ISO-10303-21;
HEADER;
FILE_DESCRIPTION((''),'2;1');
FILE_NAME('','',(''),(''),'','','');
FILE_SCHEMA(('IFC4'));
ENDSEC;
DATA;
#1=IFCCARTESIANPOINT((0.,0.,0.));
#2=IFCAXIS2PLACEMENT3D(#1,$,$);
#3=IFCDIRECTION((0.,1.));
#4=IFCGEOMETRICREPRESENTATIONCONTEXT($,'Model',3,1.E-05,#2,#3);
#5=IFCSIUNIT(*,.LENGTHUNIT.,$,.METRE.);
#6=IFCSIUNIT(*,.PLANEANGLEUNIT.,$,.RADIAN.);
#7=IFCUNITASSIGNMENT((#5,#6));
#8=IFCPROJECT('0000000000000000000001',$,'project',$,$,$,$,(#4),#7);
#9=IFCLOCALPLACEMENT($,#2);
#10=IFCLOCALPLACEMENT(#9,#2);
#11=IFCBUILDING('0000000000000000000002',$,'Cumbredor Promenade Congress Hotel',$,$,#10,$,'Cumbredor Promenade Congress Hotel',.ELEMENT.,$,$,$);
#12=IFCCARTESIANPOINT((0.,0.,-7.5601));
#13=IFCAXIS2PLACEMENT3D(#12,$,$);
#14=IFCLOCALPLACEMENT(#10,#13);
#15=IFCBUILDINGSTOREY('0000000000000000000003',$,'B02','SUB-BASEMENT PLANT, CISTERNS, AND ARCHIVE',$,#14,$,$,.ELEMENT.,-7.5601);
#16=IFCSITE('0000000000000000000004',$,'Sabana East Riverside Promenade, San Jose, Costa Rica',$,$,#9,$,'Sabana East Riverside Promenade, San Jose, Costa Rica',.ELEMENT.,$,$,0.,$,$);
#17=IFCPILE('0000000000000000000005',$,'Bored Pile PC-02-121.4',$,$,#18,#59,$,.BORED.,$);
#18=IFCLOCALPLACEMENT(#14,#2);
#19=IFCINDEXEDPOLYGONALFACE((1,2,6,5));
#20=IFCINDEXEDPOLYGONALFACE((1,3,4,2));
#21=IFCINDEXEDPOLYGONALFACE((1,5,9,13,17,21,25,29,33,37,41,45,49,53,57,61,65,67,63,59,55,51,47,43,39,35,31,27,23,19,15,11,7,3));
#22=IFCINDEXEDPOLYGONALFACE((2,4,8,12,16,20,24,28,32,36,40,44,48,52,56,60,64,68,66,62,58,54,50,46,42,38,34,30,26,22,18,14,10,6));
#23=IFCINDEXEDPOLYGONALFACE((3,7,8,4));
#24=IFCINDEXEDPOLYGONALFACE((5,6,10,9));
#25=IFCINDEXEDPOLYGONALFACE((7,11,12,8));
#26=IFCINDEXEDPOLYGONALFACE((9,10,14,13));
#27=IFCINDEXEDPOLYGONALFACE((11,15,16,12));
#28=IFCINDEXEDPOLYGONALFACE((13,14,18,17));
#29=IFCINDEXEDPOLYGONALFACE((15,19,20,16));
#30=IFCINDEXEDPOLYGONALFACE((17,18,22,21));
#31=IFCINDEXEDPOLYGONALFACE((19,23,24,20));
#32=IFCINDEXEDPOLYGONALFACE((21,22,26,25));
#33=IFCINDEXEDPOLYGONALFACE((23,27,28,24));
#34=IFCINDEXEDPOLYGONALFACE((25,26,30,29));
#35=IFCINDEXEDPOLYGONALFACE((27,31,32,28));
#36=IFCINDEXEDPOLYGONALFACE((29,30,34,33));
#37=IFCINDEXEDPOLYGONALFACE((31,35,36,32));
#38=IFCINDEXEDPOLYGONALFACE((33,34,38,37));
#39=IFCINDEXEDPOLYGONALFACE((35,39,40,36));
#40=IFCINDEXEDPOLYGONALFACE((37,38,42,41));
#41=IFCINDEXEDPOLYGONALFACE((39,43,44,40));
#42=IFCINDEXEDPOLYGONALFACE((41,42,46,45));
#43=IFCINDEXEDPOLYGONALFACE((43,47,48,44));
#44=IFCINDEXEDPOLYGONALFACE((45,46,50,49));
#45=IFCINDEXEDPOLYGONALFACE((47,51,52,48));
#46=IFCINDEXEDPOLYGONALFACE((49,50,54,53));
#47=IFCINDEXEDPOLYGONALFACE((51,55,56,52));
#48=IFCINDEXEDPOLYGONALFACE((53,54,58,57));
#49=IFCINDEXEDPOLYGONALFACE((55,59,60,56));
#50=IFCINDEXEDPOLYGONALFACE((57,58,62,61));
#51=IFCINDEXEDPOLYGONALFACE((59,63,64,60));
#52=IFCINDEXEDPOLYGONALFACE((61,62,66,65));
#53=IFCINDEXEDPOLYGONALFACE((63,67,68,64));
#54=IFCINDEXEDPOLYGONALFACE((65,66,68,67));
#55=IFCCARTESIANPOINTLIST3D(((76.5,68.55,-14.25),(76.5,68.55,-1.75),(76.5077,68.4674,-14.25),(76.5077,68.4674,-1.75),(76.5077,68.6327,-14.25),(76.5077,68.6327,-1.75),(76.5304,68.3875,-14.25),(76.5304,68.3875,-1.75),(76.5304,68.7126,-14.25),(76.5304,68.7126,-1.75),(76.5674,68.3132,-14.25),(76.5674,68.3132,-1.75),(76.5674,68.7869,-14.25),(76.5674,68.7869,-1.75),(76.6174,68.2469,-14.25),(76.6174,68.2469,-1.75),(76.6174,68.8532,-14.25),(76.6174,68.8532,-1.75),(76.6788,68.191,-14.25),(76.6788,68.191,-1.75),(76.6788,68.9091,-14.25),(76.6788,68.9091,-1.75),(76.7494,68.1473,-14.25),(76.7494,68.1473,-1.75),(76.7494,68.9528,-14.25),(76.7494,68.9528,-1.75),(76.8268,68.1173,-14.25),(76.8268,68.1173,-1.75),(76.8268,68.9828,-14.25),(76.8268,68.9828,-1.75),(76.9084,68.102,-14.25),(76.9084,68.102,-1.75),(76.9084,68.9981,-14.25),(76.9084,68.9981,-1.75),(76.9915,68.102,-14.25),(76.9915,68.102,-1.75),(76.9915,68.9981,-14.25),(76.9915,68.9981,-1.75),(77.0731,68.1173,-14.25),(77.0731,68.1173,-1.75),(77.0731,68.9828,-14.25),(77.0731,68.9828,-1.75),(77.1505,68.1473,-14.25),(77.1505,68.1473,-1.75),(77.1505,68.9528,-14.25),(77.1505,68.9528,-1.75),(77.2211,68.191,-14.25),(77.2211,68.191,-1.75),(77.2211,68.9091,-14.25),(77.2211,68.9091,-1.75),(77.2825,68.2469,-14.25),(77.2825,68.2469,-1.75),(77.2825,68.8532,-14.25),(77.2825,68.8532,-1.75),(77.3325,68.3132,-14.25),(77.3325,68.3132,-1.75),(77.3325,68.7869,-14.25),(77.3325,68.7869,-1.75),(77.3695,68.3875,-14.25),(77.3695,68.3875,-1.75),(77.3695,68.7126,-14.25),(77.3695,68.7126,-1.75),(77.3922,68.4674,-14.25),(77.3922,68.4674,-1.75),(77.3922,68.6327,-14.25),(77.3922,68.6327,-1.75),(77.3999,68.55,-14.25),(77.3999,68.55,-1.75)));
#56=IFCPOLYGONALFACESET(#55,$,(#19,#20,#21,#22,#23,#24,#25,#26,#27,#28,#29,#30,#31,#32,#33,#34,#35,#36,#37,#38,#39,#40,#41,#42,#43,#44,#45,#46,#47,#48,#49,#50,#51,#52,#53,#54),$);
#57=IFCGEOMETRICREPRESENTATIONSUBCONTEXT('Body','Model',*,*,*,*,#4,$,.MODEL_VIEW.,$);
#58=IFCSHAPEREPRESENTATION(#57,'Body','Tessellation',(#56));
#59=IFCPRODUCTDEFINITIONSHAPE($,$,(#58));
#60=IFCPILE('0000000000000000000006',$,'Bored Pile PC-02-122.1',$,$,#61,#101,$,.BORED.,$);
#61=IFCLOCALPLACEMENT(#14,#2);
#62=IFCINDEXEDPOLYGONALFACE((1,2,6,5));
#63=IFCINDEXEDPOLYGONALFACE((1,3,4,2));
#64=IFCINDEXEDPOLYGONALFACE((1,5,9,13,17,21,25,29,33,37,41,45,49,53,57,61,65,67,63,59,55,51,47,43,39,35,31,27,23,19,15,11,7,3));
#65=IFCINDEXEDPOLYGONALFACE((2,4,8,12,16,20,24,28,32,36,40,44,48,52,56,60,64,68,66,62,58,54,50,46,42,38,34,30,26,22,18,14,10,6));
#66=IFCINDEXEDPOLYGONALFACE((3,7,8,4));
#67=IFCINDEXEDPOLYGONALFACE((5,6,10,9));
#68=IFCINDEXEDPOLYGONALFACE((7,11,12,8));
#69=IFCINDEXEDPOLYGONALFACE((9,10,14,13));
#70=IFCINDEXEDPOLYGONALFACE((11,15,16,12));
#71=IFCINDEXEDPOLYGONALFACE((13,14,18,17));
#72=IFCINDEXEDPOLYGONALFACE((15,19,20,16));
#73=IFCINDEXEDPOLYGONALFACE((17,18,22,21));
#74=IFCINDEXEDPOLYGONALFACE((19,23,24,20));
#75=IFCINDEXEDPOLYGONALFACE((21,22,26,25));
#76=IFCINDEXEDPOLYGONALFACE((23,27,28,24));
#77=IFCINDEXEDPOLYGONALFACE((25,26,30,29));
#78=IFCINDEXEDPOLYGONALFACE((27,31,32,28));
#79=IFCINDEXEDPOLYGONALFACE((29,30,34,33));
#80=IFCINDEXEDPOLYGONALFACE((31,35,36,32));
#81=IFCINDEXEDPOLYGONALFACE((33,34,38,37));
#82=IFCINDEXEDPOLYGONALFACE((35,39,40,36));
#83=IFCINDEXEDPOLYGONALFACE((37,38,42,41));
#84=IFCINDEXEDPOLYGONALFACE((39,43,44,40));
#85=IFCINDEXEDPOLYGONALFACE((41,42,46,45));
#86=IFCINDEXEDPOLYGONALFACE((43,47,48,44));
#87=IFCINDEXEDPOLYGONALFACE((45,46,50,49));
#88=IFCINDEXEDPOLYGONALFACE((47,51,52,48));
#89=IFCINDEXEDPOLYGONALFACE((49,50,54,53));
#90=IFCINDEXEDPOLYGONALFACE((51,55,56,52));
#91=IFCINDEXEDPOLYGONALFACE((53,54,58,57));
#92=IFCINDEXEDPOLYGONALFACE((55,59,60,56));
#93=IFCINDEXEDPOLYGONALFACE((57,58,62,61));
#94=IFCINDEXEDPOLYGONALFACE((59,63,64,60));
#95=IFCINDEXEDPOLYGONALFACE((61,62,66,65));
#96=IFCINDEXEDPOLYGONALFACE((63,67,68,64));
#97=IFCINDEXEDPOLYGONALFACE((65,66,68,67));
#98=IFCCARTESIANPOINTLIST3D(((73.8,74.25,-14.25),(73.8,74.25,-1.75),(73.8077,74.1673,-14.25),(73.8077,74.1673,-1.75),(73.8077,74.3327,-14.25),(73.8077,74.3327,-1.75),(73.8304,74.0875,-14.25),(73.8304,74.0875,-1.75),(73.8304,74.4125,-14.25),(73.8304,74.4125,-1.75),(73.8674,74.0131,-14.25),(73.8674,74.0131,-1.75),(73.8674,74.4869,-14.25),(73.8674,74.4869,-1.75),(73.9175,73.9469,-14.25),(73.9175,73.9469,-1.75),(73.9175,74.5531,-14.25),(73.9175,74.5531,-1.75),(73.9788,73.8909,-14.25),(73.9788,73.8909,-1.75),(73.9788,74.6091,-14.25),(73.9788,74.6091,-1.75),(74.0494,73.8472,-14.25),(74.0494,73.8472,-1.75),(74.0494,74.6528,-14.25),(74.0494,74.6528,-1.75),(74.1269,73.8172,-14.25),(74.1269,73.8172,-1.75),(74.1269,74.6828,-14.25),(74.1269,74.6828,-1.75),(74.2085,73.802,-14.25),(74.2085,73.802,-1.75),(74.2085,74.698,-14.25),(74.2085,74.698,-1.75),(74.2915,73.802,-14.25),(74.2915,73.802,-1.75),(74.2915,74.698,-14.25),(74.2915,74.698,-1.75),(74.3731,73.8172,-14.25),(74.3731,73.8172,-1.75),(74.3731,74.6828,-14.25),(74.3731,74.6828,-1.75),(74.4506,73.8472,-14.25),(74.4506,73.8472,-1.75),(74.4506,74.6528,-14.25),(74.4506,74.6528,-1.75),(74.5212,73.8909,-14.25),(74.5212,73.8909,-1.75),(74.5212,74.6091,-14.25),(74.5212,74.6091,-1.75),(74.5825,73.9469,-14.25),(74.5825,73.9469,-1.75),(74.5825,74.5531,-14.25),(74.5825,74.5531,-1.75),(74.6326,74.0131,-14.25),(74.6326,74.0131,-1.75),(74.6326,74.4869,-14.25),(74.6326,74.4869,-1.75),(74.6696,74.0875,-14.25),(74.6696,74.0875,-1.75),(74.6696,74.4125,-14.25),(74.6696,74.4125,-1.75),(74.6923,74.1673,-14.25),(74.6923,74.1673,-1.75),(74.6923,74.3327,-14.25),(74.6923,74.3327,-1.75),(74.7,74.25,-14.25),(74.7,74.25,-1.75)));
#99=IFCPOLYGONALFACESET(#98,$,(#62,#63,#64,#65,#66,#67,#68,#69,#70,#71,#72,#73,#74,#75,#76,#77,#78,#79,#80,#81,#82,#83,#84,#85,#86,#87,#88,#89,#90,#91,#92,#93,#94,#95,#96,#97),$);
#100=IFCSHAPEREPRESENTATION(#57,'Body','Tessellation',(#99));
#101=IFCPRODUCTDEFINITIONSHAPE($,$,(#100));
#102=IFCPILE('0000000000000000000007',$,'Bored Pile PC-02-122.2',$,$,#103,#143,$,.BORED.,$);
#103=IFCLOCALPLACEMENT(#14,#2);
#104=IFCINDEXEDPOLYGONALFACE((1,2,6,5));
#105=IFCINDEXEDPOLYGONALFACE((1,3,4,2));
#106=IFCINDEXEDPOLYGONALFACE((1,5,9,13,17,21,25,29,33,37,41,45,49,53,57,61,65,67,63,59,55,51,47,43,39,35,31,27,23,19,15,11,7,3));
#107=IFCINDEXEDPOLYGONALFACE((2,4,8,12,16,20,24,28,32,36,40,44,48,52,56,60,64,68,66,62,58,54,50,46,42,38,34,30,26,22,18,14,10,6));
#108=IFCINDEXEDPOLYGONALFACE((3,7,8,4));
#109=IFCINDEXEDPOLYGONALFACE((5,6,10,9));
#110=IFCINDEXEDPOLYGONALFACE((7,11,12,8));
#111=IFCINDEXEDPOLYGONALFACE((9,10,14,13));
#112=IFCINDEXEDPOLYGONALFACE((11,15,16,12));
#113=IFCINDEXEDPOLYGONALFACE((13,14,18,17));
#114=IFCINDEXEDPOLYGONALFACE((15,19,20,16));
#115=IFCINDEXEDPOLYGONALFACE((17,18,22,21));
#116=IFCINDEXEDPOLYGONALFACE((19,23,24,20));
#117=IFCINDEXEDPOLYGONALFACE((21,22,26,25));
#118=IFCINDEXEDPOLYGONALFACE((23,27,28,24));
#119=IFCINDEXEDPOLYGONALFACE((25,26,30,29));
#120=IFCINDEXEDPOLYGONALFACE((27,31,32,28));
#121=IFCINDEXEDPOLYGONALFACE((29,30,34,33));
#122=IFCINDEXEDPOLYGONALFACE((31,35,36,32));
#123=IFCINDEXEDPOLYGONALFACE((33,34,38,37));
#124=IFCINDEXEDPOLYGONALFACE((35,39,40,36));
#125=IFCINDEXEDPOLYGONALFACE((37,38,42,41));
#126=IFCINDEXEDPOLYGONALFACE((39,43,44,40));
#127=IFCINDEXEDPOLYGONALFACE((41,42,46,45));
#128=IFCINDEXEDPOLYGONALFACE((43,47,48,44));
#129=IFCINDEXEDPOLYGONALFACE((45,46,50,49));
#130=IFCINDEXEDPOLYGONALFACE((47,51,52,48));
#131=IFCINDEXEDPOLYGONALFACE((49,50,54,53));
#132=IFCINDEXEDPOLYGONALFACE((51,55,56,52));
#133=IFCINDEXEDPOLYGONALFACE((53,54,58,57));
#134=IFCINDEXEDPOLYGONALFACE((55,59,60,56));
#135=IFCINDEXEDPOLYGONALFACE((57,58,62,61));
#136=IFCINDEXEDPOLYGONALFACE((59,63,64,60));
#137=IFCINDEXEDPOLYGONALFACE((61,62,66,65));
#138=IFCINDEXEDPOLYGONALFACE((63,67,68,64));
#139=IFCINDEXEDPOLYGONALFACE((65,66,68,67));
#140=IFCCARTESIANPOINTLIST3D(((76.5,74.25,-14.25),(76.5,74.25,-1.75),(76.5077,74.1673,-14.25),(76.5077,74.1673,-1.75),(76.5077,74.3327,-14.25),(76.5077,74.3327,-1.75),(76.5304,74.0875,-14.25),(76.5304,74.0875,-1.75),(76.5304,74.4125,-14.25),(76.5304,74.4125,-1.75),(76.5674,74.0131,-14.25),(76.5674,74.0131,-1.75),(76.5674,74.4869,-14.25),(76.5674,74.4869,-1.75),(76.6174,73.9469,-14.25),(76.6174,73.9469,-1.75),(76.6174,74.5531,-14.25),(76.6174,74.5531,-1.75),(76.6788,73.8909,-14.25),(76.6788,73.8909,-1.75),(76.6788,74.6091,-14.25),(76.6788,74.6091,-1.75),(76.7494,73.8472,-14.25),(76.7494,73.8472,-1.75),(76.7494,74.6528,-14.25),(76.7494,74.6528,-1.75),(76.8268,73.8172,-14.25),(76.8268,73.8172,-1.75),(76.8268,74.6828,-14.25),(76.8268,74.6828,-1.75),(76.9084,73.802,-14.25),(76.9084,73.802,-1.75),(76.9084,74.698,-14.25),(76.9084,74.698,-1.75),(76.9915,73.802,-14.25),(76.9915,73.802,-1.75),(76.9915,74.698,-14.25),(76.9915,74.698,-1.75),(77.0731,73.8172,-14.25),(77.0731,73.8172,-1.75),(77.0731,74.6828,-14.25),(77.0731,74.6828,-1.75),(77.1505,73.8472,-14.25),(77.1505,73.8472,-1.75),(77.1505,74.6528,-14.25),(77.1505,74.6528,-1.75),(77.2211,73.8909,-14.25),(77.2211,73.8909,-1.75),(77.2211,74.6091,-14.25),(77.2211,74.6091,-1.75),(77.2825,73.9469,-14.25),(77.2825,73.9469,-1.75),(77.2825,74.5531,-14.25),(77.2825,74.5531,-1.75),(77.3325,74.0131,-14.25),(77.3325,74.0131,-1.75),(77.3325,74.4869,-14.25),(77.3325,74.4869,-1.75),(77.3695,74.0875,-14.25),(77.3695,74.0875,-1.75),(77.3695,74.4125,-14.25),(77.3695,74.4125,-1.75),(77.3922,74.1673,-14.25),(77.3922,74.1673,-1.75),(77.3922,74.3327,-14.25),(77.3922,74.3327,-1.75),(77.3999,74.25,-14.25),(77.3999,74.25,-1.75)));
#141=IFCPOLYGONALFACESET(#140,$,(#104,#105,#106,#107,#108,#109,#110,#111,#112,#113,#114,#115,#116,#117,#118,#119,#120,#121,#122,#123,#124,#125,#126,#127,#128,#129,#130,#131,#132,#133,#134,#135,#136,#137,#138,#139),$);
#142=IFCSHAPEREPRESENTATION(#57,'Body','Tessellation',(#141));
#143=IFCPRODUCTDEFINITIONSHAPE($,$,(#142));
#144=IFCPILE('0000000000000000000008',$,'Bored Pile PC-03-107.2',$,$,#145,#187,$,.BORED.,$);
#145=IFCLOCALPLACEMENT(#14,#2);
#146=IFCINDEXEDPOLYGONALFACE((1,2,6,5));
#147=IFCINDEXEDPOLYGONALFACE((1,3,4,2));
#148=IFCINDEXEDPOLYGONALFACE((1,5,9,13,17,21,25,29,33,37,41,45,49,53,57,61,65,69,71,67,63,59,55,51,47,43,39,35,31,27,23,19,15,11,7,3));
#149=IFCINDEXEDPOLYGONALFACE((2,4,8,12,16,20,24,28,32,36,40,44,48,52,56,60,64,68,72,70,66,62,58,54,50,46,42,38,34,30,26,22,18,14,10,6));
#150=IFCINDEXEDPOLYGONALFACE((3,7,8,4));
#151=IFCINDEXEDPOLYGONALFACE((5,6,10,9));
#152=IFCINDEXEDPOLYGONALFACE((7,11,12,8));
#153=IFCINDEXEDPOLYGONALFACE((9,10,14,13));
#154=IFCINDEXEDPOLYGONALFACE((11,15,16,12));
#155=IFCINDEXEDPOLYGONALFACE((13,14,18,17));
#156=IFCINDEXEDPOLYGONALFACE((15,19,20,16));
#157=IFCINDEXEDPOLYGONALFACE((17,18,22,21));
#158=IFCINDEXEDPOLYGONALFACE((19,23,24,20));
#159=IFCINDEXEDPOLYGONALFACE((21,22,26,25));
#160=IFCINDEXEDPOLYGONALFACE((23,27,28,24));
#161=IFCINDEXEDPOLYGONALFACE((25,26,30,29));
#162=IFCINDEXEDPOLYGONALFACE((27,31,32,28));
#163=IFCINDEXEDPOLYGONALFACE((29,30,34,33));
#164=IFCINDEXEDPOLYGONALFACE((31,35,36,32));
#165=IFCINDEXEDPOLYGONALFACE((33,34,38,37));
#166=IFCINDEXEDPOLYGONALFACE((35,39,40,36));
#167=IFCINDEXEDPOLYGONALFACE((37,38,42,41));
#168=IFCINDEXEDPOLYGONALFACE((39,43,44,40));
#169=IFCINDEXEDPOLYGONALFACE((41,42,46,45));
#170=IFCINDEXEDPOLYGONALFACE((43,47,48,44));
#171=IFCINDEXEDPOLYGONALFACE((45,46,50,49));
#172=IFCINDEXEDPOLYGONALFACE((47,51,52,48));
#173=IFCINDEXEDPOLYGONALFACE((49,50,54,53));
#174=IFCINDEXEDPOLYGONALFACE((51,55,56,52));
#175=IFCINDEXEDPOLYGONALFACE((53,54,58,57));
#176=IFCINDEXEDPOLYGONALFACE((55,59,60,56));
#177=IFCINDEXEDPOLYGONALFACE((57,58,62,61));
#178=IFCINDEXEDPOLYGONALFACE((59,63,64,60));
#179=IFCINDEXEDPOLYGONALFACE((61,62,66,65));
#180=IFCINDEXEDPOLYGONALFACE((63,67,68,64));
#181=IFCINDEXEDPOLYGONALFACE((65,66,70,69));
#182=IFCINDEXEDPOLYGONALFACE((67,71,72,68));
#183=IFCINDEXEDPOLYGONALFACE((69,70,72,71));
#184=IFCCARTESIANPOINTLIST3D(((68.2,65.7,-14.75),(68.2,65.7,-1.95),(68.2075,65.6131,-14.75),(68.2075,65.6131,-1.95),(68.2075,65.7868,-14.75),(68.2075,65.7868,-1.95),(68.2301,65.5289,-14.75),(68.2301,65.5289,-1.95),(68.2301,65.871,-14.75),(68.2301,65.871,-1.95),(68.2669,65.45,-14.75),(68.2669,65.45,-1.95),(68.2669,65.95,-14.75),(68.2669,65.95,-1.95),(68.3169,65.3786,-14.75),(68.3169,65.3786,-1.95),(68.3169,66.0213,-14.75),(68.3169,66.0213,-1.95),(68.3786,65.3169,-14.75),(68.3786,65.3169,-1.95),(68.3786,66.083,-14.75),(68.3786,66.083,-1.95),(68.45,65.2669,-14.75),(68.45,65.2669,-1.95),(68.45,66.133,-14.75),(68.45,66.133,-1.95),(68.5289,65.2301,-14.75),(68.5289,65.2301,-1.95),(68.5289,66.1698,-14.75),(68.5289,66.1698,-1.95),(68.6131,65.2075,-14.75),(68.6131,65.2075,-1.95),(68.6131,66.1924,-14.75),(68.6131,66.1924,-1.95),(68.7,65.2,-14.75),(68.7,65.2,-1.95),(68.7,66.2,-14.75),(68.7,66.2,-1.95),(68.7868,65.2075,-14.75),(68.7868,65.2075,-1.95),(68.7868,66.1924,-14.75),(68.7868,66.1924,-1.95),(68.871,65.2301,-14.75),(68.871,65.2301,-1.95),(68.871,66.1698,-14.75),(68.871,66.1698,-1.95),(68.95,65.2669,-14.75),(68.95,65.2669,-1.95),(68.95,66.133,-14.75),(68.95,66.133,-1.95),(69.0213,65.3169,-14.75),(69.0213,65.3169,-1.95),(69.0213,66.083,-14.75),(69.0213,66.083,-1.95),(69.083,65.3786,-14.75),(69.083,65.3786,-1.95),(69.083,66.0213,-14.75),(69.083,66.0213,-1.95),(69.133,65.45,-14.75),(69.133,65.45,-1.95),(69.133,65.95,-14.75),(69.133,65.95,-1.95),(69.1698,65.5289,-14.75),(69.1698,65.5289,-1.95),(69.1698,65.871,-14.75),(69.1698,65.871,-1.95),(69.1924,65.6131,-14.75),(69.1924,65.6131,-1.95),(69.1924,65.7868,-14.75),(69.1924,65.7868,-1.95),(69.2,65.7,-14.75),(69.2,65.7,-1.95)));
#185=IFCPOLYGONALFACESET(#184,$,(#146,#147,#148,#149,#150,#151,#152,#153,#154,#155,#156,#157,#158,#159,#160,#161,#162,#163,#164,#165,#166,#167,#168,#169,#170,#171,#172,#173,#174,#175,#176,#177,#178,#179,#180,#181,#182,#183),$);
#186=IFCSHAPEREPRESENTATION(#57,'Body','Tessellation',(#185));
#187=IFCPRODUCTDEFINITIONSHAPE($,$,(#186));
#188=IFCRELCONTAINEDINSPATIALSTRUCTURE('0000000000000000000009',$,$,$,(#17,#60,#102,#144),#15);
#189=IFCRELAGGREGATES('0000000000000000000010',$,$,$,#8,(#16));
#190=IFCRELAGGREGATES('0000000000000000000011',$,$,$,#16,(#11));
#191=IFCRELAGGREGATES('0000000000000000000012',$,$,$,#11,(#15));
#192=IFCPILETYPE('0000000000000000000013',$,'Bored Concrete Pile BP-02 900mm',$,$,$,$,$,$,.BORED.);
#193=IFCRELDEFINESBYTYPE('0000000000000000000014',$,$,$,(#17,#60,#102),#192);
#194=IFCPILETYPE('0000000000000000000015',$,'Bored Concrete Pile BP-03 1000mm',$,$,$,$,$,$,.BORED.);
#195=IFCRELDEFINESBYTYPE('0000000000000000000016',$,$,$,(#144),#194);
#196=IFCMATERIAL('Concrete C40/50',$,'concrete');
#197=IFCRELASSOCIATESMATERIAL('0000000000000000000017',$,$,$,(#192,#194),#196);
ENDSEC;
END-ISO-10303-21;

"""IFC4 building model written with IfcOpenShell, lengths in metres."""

from ifc_helpers import new_model, si_unit, direction, frame, origin, origin_2d, place, context, subcontext, project, spatial, circle, extrude, material, material_profile, profile_set, type_object, element, save


model = new_model("IFC4")

# Units and contexts
model_context = context("Model", 3, precision=1e-05, world=origin(), true_north=direction((0.0, 1.0)))
body_context = subcontext(model_context, "Body", "Model", "MODEL_VIEW")
ifc_project = project(units=[si_unit("LENGTHUNIT", "METRE"), si_unit("PLANEANGLEUNIT", "RADIAN")], contexts=[model_context])

# Site, building, storey
site_placement = place(None, origin())
site = spatial("IfcSite", under=ifc_project, at=site_placement, Name="Sabana East Riverside Promenade, San Jose, Costa Rica", LongName="Sabana East Riverside Promenade, San Jose, Costa Rica", CompositionType="ELEMENT", RefElevation=0.0)
building_placement = place(site_placement, origin())
building = spatial("IfcBuilding", under=site, at=building_placement, Name="Cumbredor Promenade Congress Hotel", LongName="Cumbredor Promenade Congress Hotel", CompositionType="ELEMENT")
storey_placement = place(building_placement, frame((0.0, 0.0, -7.5601)))
storey = spatial("IfcBuildingStorey", under=building, at=storey_placement, Name="B02", Description="SUB-BASEMENT PLANT, CISTERNS, AND ARCHIVE", CompositionType="ELEMENT", Elevation=-7.5601)

# Piles
ifc_material_1 = material(Name="Concrete C40/50", Category="concrete")
ifc_material_profile_1 = material_profile(ifc_material_1, circle(Radius=0.45, at=origin_2d()), Name="PILE D900")
ifc_profile_set_1 = profile_set([ifc_material_profile_1], Name="Concrete C40/50")
pile_type_1 = type_object("IfcPileType", Name="Bored Concrete Pile BP-02 900mm", PredefinedType="BORED", material=ifc_profile_set_1)
for number, where, z_axis, x_axis, name in (
    (1, (76.95, 68.55, -1.75), (0.0, 0.0, -1.0), (1.0, 0.0, 0.0), "Bored Pile PC-02-121.4"),
    (2, (74.25, 74.25, -1.75), (0.0, 0.0, -1.0), (1.0, 0.0, 0.0), "Bored Pile PC-02-122.1"),
    (3, (76.95, 74.25, -1.75), (0.0, 0.0, -1.0), (1.0, 0.0, 0.0), "Bored Pile PC-02-122.2"),
):
    element("IfcPile", number, at=place(storey_placement, frame(where, z_axis=z_axis, x_axis=x_axis)), inside=storey, type_object=pile_type_1, Name=name, PredefinedType="BORED", context=body_context, shape_type="SweptSolid", body=[
        extrude(circle(Radius=0.45, at=origin_2d()), origin(), (0.0, 0.0, 1.0), 12.5),
    ])
ifc_material_profile_2 = material_profile(ifc_material_1, circle(Radius=0.5, at=origin_2d()), Name="PILE D1000")
ifc_profile_set_2 = profile_set([ifc_material_profile_2], Name="Concrete C40/50")
pile_type_2 = type_object("IfcPileType", Name="Bored Concrete Pile BP-03 1000mm", PredefinedType="BORED", material=ifc_profile_set_2)
for number, where, z_axis, x_axis, name in (
    (4, (68.7, 65.7, -1.95), (0.0, 0.0, -1.0), (1.0, 0.0, 0.0), "Bored Pile PC-03-107.2"),
):
    element("IfcPile", number, at=place(storey_placement, frame(where, z_axis=z_axis, x_axis=x_axis)), inside=storey, type_object=pile_type_2, Name=name, PredefinedType="BORED", context=body_context, shape_type="SweptSolid", body=[
        extrude(circle(Radius=0.5, at=origin_2d()), origin(), (0.0, 0.0, 1.0), 12.8),
    ])

save(model, "model.ifc")
